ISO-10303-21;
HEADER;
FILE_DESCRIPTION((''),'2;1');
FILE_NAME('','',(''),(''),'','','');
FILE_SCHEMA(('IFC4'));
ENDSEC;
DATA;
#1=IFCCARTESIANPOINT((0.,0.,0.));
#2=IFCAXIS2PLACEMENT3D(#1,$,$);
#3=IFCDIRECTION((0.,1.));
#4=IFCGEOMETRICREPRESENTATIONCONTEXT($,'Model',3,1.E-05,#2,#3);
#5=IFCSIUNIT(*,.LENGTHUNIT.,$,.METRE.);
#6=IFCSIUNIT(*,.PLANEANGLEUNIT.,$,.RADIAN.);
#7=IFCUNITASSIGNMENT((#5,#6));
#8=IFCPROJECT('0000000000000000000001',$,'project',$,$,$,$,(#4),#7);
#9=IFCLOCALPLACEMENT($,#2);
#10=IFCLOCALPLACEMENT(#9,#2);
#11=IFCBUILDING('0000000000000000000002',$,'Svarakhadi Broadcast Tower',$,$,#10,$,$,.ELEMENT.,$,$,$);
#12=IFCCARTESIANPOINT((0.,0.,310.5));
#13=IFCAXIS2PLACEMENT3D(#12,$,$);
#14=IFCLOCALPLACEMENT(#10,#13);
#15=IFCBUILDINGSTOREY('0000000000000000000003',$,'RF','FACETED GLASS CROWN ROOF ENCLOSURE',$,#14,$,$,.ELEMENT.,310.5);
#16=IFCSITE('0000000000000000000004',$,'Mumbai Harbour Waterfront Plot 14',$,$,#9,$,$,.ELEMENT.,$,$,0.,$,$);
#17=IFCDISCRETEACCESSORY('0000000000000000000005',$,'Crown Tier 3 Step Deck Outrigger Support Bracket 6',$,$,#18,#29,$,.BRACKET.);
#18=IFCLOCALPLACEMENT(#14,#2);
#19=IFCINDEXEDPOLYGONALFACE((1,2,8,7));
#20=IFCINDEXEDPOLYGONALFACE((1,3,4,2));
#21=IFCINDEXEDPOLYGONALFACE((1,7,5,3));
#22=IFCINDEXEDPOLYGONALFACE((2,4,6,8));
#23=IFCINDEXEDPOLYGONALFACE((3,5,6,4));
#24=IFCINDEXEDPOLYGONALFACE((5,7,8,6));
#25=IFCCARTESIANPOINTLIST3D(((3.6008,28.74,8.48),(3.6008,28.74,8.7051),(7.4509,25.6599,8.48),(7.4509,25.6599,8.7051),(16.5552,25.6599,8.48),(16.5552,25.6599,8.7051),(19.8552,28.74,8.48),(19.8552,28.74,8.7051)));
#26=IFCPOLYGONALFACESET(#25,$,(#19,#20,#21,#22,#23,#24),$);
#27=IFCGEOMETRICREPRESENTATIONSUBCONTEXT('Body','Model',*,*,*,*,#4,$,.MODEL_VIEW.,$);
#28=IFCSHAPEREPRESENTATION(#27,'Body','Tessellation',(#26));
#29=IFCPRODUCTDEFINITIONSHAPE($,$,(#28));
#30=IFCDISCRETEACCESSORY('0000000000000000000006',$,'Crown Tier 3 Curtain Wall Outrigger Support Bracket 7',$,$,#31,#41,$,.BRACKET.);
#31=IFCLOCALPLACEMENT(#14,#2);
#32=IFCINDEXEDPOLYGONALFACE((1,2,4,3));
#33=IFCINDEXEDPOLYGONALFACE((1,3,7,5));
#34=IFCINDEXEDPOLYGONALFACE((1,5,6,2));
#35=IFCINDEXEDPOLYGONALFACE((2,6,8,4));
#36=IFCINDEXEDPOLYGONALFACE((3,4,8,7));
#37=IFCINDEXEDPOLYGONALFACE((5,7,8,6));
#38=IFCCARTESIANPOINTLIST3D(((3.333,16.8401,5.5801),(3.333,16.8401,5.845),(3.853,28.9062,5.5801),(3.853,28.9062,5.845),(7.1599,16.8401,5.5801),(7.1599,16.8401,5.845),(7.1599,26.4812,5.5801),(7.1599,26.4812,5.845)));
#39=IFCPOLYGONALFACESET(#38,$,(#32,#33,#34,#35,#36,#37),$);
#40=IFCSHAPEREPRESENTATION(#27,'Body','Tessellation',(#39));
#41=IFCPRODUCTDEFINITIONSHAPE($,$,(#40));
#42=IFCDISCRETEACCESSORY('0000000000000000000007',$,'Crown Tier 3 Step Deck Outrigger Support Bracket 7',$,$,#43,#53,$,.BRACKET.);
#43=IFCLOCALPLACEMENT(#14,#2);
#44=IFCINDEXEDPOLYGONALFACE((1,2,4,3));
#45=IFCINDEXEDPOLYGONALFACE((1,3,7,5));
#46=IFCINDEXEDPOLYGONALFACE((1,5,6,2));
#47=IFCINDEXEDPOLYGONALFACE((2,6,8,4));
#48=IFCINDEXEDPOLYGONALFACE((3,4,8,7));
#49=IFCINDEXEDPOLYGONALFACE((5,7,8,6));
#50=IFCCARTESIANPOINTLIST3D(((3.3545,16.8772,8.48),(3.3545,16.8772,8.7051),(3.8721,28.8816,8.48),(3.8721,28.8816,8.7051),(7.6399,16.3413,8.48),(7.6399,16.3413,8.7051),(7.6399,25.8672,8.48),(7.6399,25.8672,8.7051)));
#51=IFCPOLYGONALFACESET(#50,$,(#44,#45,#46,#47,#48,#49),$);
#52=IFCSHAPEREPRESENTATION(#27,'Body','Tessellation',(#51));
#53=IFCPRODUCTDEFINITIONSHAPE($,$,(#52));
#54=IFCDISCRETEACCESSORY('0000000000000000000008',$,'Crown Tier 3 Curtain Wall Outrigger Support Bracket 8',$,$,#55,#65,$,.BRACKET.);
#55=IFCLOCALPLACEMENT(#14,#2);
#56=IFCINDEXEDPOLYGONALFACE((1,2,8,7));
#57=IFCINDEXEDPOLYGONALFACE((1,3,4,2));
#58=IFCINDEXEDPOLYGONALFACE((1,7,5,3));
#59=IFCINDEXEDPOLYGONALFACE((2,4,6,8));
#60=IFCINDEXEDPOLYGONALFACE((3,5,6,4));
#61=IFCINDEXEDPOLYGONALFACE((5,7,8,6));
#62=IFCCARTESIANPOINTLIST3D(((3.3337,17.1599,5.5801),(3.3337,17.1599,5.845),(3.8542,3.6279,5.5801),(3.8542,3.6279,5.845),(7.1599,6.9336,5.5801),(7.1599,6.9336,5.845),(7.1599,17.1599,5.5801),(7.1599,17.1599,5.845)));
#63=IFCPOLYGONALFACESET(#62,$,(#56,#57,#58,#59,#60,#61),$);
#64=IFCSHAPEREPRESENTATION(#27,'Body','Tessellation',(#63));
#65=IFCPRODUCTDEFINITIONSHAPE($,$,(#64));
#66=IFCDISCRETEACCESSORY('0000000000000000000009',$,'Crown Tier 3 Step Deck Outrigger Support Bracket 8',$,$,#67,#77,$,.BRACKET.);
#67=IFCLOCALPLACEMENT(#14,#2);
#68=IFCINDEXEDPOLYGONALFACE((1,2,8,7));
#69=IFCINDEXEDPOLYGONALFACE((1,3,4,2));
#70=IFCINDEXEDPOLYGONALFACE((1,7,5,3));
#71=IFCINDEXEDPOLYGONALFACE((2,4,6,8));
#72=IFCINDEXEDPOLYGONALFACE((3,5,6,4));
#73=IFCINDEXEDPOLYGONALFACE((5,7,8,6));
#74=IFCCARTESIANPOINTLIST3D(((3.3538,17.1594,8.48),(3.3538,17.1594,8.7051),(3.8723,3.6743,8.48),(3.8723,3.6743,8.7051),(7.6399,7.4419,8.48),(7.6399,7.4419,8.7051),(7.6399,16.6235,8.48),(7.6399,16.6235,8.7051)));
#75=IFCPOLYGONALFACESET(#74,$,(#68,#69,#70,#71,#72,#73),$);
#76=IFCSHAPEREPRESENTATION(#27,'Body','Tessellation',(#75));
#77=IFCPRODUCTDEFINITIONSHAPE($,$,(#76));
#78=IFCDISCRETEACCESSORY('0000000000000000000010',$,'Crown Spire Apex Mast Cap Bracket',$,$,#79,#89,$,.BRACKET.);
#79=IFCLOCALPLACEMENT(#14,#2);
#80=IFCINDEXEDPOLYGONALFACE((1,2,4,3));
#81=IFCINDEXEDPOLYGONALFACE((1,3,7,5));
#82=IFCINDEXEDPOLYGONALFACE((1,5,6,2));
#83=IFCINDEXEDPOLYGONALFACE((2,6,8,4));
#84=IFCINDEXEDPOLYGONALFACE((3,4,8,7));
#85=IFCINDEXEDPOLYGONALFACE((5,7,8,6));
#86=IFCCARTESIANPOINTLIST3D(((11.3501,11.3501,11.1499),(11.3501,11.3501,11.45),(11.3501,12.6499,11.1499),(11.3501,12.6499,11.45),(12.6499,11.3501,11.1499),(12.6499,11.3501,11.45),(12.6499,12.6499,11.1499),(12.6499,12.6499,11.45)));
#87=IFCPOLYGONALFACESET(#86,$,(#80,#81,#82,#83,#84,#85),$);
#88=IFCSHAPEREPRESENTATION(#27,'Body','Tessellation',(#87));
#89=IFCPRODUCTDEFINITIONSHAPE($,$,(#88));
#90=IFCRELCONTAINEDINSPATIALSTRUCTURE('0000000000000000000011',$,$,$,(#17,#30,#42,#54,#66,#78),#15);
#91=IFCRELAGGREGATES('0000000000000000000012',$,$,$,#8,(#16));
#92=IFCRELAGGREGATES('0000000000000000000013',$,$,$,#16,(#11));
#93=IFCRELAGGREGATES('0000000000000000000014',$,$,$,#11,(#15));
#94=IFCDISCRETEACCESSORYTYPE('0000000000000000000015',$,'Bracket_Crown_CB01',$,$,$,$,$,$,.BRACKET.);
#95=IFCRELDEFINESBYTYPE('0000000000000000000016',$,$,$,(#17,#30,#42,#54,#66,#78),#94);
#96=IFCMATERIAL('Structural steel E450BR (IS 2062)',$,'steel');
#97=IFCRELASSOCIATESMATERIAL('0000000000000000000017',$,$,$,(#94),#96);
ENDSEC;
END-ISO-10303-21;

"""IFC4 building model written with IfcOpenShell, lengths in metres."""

from ifc_helpers import new_model, si_unit, direction, frame, origin, place, context, subcontext, project, spatial, polyline, outline, extrude, material, type_object, element, save


model = new_model("IFC4")

# Units and contexts
model_context = context("Model", 3, precision=1e-05, world=origin(), true_north=direction((0.0, 1.0)))
body_context = subcontext(model_context, "Body", "Model", "MODEL_VIEW")
ifc_project = project(units=[si_unit("LENGTHUNIT", "METRE"), si_unit("PLANEANGLEUNIT", "RADIAN")], contexts=[model_context])

# Site, building, storey
site_placement = place(None, origin())
site = spatial("IfcSite", under=ifc_project, at=site_placement, Name="Mumbai Harbour Waterfront Plot 14", CompositionType="ELEMENT", RefElevation=0.0)
building_placement = place(site_placement, origin())
building = spatial("IfcBuilding", under=site, at=building_placement, Name="Svarakhadi Broadcast Tower", CompositionType="ELEMENT")
storey_placement = place(building_placement, frame((0.0, 0.0, 310.5)))
storey = spatial("IfcBuildingStorey", under=building, at=storey_placement, Name="RF", Description="FACETED GLASS CROWN ROOF ENCLOSURE", CompositionType="ELEMENT", Elevation=310.5)

# Discrete accessories
ifc_material_1 = material(Name="Structural steel E450BR (IS 2062)", Category="steel")
discrete_accessory_type = type_object("IfcDiscreteAccessoryType", Name="Bracket_Crown_CB01", PredefinedType="BRACKET", material=ifc_material_1)
discrete_accessory_1_placement = place(storey_placement, frame((0.0, 0.0, 8.48)))
element("IfcDiscreteAccessory", 1, at=discrete_accessory_1_placement, inside=storey, type_object=discrete_accessory_type, Name="Crown Tier 3 Step Deck Outrigger Support Bracket 6", PredefinedType="BRACKET", context=body_context, shape_type="SweptSolid", body=[
    extrude(outline(polyline([(7.4509, 25.6599), (3.6008, 28.74), (19.8552, 28.74), (16.5552, 25.6599), (7.4509, 25.6599)])), origin(), (0.0, 0.0, 1.0), 0.2251),
])
discrete_accessory_2_placement = place(storey_placement, frame((0.0, 0.0, 5.5801)))
element("IfcDiscreteAccessory", 2, at=discrete_accessory_2_placement, inside=storey, type_object=discrete_accessory_type, Name="Crown Tier 3 Curtain Wall Outrigger Support Bracket 7", PredefinedType="BRACKET", context=body_context, shape_type="SweptSolid", body=[
    extrude(outline(polyline([(3.333, 16.8401), (3.853, 28.9062), (7.1599, 26.4812), (7.1599, 16.8401), (3.333, 16.8401)])), origin(), (0.0, 0.0, 1.0), 0.2649),
])
discrete_accessory_3_placement = place(storey_placement, frame((0.0, 0.0, 8.48)))
element("IfcDiscreteAccessory", 3, at=discrete_accessory_3_placement, inside=storey, type_object=discrete_accessory_type, Name="Crown Tier 3 Step Deck Outrigger Support Bracket 7", PredefinedType="BRACKET", context=body_context, shape_type="SweptSolid", body=[
    extrude(outline(polyline([(7.6399, 16.3413), (3.3545, 16.8772), (3.8721, 28.8816), (7.6399, 25.8672), (7.6399, 16.3413)])), origin(), (0.0, 0.0, 1.0), 0.2251),
])
discrete_accessory_4_placement = place(storey_placement, frame((0.0, 0.0, 5.5801)))
element("IfcDiscreteAccessory", 4, at=discrete_accessory_4_placement, inside=storey, type_object=discrete_accessory_type, Name="Crown Tier 3 Curtain Wall Outrigger Support Bracket 8", PredefinedType="BRACKET", context=body_context, shape_type="SweptSolid", body=[
    extrude(outline(polyline([(3.8542, 3.6279), (3.3337, 17.1599), (7.1599, 17.1599), (7.1599, 6.9336), (3.8542, 3.6279)])), origin(), (0.0, 0.0, 1.0), 0.2649),
])
discrete_accessory_5_placement = place(storey_placement, frame((0.0, 0.0, 8.48)))
element("IfcDiscreteAccessory", 5, at=discrete_accessory_5_placement, inside=storey, type_object=discrete_accessory_type, Name="Crown Tier 3 Step Deck Outrigger Support Bracket 8", PredefinedType="BRACKET", context=body_context, shape_type="SweptSolid", body=[
    extrude(outline(polyline([(3.8723, 3.6743), (3.3538, 17.1594), (7.6399, 16.6235), (7.6399, 7.4419), (3.8723, 3.6743)])), origin(), (0.0, 0.0, 1.0), 0.2251),
])
discrete_accessory_6_placement = place(storey_placement, frame((0.0, 0.0, 11.1499)))
element("IfcDiscreteAccessory", 6, at=discrete_accessory_6_placement, inside=storey, type_object=discrete_accessory_type, Name="Crown Spire Apex Mast Cap Bracket", PredefinedType="BRACKET", context=body_context, shape_type="SweptSolid", body=[
    extrude(outline(polyline([(11.3501, 11.3501), (12.6499, 11.3501), (12.6499, 12.6499), (11.3501, 12.6499), (11.3501, 11.3501)])), origin(), (0.0, 0.0, 1.0), 0.3),
])

save(model, "model.ifc")
